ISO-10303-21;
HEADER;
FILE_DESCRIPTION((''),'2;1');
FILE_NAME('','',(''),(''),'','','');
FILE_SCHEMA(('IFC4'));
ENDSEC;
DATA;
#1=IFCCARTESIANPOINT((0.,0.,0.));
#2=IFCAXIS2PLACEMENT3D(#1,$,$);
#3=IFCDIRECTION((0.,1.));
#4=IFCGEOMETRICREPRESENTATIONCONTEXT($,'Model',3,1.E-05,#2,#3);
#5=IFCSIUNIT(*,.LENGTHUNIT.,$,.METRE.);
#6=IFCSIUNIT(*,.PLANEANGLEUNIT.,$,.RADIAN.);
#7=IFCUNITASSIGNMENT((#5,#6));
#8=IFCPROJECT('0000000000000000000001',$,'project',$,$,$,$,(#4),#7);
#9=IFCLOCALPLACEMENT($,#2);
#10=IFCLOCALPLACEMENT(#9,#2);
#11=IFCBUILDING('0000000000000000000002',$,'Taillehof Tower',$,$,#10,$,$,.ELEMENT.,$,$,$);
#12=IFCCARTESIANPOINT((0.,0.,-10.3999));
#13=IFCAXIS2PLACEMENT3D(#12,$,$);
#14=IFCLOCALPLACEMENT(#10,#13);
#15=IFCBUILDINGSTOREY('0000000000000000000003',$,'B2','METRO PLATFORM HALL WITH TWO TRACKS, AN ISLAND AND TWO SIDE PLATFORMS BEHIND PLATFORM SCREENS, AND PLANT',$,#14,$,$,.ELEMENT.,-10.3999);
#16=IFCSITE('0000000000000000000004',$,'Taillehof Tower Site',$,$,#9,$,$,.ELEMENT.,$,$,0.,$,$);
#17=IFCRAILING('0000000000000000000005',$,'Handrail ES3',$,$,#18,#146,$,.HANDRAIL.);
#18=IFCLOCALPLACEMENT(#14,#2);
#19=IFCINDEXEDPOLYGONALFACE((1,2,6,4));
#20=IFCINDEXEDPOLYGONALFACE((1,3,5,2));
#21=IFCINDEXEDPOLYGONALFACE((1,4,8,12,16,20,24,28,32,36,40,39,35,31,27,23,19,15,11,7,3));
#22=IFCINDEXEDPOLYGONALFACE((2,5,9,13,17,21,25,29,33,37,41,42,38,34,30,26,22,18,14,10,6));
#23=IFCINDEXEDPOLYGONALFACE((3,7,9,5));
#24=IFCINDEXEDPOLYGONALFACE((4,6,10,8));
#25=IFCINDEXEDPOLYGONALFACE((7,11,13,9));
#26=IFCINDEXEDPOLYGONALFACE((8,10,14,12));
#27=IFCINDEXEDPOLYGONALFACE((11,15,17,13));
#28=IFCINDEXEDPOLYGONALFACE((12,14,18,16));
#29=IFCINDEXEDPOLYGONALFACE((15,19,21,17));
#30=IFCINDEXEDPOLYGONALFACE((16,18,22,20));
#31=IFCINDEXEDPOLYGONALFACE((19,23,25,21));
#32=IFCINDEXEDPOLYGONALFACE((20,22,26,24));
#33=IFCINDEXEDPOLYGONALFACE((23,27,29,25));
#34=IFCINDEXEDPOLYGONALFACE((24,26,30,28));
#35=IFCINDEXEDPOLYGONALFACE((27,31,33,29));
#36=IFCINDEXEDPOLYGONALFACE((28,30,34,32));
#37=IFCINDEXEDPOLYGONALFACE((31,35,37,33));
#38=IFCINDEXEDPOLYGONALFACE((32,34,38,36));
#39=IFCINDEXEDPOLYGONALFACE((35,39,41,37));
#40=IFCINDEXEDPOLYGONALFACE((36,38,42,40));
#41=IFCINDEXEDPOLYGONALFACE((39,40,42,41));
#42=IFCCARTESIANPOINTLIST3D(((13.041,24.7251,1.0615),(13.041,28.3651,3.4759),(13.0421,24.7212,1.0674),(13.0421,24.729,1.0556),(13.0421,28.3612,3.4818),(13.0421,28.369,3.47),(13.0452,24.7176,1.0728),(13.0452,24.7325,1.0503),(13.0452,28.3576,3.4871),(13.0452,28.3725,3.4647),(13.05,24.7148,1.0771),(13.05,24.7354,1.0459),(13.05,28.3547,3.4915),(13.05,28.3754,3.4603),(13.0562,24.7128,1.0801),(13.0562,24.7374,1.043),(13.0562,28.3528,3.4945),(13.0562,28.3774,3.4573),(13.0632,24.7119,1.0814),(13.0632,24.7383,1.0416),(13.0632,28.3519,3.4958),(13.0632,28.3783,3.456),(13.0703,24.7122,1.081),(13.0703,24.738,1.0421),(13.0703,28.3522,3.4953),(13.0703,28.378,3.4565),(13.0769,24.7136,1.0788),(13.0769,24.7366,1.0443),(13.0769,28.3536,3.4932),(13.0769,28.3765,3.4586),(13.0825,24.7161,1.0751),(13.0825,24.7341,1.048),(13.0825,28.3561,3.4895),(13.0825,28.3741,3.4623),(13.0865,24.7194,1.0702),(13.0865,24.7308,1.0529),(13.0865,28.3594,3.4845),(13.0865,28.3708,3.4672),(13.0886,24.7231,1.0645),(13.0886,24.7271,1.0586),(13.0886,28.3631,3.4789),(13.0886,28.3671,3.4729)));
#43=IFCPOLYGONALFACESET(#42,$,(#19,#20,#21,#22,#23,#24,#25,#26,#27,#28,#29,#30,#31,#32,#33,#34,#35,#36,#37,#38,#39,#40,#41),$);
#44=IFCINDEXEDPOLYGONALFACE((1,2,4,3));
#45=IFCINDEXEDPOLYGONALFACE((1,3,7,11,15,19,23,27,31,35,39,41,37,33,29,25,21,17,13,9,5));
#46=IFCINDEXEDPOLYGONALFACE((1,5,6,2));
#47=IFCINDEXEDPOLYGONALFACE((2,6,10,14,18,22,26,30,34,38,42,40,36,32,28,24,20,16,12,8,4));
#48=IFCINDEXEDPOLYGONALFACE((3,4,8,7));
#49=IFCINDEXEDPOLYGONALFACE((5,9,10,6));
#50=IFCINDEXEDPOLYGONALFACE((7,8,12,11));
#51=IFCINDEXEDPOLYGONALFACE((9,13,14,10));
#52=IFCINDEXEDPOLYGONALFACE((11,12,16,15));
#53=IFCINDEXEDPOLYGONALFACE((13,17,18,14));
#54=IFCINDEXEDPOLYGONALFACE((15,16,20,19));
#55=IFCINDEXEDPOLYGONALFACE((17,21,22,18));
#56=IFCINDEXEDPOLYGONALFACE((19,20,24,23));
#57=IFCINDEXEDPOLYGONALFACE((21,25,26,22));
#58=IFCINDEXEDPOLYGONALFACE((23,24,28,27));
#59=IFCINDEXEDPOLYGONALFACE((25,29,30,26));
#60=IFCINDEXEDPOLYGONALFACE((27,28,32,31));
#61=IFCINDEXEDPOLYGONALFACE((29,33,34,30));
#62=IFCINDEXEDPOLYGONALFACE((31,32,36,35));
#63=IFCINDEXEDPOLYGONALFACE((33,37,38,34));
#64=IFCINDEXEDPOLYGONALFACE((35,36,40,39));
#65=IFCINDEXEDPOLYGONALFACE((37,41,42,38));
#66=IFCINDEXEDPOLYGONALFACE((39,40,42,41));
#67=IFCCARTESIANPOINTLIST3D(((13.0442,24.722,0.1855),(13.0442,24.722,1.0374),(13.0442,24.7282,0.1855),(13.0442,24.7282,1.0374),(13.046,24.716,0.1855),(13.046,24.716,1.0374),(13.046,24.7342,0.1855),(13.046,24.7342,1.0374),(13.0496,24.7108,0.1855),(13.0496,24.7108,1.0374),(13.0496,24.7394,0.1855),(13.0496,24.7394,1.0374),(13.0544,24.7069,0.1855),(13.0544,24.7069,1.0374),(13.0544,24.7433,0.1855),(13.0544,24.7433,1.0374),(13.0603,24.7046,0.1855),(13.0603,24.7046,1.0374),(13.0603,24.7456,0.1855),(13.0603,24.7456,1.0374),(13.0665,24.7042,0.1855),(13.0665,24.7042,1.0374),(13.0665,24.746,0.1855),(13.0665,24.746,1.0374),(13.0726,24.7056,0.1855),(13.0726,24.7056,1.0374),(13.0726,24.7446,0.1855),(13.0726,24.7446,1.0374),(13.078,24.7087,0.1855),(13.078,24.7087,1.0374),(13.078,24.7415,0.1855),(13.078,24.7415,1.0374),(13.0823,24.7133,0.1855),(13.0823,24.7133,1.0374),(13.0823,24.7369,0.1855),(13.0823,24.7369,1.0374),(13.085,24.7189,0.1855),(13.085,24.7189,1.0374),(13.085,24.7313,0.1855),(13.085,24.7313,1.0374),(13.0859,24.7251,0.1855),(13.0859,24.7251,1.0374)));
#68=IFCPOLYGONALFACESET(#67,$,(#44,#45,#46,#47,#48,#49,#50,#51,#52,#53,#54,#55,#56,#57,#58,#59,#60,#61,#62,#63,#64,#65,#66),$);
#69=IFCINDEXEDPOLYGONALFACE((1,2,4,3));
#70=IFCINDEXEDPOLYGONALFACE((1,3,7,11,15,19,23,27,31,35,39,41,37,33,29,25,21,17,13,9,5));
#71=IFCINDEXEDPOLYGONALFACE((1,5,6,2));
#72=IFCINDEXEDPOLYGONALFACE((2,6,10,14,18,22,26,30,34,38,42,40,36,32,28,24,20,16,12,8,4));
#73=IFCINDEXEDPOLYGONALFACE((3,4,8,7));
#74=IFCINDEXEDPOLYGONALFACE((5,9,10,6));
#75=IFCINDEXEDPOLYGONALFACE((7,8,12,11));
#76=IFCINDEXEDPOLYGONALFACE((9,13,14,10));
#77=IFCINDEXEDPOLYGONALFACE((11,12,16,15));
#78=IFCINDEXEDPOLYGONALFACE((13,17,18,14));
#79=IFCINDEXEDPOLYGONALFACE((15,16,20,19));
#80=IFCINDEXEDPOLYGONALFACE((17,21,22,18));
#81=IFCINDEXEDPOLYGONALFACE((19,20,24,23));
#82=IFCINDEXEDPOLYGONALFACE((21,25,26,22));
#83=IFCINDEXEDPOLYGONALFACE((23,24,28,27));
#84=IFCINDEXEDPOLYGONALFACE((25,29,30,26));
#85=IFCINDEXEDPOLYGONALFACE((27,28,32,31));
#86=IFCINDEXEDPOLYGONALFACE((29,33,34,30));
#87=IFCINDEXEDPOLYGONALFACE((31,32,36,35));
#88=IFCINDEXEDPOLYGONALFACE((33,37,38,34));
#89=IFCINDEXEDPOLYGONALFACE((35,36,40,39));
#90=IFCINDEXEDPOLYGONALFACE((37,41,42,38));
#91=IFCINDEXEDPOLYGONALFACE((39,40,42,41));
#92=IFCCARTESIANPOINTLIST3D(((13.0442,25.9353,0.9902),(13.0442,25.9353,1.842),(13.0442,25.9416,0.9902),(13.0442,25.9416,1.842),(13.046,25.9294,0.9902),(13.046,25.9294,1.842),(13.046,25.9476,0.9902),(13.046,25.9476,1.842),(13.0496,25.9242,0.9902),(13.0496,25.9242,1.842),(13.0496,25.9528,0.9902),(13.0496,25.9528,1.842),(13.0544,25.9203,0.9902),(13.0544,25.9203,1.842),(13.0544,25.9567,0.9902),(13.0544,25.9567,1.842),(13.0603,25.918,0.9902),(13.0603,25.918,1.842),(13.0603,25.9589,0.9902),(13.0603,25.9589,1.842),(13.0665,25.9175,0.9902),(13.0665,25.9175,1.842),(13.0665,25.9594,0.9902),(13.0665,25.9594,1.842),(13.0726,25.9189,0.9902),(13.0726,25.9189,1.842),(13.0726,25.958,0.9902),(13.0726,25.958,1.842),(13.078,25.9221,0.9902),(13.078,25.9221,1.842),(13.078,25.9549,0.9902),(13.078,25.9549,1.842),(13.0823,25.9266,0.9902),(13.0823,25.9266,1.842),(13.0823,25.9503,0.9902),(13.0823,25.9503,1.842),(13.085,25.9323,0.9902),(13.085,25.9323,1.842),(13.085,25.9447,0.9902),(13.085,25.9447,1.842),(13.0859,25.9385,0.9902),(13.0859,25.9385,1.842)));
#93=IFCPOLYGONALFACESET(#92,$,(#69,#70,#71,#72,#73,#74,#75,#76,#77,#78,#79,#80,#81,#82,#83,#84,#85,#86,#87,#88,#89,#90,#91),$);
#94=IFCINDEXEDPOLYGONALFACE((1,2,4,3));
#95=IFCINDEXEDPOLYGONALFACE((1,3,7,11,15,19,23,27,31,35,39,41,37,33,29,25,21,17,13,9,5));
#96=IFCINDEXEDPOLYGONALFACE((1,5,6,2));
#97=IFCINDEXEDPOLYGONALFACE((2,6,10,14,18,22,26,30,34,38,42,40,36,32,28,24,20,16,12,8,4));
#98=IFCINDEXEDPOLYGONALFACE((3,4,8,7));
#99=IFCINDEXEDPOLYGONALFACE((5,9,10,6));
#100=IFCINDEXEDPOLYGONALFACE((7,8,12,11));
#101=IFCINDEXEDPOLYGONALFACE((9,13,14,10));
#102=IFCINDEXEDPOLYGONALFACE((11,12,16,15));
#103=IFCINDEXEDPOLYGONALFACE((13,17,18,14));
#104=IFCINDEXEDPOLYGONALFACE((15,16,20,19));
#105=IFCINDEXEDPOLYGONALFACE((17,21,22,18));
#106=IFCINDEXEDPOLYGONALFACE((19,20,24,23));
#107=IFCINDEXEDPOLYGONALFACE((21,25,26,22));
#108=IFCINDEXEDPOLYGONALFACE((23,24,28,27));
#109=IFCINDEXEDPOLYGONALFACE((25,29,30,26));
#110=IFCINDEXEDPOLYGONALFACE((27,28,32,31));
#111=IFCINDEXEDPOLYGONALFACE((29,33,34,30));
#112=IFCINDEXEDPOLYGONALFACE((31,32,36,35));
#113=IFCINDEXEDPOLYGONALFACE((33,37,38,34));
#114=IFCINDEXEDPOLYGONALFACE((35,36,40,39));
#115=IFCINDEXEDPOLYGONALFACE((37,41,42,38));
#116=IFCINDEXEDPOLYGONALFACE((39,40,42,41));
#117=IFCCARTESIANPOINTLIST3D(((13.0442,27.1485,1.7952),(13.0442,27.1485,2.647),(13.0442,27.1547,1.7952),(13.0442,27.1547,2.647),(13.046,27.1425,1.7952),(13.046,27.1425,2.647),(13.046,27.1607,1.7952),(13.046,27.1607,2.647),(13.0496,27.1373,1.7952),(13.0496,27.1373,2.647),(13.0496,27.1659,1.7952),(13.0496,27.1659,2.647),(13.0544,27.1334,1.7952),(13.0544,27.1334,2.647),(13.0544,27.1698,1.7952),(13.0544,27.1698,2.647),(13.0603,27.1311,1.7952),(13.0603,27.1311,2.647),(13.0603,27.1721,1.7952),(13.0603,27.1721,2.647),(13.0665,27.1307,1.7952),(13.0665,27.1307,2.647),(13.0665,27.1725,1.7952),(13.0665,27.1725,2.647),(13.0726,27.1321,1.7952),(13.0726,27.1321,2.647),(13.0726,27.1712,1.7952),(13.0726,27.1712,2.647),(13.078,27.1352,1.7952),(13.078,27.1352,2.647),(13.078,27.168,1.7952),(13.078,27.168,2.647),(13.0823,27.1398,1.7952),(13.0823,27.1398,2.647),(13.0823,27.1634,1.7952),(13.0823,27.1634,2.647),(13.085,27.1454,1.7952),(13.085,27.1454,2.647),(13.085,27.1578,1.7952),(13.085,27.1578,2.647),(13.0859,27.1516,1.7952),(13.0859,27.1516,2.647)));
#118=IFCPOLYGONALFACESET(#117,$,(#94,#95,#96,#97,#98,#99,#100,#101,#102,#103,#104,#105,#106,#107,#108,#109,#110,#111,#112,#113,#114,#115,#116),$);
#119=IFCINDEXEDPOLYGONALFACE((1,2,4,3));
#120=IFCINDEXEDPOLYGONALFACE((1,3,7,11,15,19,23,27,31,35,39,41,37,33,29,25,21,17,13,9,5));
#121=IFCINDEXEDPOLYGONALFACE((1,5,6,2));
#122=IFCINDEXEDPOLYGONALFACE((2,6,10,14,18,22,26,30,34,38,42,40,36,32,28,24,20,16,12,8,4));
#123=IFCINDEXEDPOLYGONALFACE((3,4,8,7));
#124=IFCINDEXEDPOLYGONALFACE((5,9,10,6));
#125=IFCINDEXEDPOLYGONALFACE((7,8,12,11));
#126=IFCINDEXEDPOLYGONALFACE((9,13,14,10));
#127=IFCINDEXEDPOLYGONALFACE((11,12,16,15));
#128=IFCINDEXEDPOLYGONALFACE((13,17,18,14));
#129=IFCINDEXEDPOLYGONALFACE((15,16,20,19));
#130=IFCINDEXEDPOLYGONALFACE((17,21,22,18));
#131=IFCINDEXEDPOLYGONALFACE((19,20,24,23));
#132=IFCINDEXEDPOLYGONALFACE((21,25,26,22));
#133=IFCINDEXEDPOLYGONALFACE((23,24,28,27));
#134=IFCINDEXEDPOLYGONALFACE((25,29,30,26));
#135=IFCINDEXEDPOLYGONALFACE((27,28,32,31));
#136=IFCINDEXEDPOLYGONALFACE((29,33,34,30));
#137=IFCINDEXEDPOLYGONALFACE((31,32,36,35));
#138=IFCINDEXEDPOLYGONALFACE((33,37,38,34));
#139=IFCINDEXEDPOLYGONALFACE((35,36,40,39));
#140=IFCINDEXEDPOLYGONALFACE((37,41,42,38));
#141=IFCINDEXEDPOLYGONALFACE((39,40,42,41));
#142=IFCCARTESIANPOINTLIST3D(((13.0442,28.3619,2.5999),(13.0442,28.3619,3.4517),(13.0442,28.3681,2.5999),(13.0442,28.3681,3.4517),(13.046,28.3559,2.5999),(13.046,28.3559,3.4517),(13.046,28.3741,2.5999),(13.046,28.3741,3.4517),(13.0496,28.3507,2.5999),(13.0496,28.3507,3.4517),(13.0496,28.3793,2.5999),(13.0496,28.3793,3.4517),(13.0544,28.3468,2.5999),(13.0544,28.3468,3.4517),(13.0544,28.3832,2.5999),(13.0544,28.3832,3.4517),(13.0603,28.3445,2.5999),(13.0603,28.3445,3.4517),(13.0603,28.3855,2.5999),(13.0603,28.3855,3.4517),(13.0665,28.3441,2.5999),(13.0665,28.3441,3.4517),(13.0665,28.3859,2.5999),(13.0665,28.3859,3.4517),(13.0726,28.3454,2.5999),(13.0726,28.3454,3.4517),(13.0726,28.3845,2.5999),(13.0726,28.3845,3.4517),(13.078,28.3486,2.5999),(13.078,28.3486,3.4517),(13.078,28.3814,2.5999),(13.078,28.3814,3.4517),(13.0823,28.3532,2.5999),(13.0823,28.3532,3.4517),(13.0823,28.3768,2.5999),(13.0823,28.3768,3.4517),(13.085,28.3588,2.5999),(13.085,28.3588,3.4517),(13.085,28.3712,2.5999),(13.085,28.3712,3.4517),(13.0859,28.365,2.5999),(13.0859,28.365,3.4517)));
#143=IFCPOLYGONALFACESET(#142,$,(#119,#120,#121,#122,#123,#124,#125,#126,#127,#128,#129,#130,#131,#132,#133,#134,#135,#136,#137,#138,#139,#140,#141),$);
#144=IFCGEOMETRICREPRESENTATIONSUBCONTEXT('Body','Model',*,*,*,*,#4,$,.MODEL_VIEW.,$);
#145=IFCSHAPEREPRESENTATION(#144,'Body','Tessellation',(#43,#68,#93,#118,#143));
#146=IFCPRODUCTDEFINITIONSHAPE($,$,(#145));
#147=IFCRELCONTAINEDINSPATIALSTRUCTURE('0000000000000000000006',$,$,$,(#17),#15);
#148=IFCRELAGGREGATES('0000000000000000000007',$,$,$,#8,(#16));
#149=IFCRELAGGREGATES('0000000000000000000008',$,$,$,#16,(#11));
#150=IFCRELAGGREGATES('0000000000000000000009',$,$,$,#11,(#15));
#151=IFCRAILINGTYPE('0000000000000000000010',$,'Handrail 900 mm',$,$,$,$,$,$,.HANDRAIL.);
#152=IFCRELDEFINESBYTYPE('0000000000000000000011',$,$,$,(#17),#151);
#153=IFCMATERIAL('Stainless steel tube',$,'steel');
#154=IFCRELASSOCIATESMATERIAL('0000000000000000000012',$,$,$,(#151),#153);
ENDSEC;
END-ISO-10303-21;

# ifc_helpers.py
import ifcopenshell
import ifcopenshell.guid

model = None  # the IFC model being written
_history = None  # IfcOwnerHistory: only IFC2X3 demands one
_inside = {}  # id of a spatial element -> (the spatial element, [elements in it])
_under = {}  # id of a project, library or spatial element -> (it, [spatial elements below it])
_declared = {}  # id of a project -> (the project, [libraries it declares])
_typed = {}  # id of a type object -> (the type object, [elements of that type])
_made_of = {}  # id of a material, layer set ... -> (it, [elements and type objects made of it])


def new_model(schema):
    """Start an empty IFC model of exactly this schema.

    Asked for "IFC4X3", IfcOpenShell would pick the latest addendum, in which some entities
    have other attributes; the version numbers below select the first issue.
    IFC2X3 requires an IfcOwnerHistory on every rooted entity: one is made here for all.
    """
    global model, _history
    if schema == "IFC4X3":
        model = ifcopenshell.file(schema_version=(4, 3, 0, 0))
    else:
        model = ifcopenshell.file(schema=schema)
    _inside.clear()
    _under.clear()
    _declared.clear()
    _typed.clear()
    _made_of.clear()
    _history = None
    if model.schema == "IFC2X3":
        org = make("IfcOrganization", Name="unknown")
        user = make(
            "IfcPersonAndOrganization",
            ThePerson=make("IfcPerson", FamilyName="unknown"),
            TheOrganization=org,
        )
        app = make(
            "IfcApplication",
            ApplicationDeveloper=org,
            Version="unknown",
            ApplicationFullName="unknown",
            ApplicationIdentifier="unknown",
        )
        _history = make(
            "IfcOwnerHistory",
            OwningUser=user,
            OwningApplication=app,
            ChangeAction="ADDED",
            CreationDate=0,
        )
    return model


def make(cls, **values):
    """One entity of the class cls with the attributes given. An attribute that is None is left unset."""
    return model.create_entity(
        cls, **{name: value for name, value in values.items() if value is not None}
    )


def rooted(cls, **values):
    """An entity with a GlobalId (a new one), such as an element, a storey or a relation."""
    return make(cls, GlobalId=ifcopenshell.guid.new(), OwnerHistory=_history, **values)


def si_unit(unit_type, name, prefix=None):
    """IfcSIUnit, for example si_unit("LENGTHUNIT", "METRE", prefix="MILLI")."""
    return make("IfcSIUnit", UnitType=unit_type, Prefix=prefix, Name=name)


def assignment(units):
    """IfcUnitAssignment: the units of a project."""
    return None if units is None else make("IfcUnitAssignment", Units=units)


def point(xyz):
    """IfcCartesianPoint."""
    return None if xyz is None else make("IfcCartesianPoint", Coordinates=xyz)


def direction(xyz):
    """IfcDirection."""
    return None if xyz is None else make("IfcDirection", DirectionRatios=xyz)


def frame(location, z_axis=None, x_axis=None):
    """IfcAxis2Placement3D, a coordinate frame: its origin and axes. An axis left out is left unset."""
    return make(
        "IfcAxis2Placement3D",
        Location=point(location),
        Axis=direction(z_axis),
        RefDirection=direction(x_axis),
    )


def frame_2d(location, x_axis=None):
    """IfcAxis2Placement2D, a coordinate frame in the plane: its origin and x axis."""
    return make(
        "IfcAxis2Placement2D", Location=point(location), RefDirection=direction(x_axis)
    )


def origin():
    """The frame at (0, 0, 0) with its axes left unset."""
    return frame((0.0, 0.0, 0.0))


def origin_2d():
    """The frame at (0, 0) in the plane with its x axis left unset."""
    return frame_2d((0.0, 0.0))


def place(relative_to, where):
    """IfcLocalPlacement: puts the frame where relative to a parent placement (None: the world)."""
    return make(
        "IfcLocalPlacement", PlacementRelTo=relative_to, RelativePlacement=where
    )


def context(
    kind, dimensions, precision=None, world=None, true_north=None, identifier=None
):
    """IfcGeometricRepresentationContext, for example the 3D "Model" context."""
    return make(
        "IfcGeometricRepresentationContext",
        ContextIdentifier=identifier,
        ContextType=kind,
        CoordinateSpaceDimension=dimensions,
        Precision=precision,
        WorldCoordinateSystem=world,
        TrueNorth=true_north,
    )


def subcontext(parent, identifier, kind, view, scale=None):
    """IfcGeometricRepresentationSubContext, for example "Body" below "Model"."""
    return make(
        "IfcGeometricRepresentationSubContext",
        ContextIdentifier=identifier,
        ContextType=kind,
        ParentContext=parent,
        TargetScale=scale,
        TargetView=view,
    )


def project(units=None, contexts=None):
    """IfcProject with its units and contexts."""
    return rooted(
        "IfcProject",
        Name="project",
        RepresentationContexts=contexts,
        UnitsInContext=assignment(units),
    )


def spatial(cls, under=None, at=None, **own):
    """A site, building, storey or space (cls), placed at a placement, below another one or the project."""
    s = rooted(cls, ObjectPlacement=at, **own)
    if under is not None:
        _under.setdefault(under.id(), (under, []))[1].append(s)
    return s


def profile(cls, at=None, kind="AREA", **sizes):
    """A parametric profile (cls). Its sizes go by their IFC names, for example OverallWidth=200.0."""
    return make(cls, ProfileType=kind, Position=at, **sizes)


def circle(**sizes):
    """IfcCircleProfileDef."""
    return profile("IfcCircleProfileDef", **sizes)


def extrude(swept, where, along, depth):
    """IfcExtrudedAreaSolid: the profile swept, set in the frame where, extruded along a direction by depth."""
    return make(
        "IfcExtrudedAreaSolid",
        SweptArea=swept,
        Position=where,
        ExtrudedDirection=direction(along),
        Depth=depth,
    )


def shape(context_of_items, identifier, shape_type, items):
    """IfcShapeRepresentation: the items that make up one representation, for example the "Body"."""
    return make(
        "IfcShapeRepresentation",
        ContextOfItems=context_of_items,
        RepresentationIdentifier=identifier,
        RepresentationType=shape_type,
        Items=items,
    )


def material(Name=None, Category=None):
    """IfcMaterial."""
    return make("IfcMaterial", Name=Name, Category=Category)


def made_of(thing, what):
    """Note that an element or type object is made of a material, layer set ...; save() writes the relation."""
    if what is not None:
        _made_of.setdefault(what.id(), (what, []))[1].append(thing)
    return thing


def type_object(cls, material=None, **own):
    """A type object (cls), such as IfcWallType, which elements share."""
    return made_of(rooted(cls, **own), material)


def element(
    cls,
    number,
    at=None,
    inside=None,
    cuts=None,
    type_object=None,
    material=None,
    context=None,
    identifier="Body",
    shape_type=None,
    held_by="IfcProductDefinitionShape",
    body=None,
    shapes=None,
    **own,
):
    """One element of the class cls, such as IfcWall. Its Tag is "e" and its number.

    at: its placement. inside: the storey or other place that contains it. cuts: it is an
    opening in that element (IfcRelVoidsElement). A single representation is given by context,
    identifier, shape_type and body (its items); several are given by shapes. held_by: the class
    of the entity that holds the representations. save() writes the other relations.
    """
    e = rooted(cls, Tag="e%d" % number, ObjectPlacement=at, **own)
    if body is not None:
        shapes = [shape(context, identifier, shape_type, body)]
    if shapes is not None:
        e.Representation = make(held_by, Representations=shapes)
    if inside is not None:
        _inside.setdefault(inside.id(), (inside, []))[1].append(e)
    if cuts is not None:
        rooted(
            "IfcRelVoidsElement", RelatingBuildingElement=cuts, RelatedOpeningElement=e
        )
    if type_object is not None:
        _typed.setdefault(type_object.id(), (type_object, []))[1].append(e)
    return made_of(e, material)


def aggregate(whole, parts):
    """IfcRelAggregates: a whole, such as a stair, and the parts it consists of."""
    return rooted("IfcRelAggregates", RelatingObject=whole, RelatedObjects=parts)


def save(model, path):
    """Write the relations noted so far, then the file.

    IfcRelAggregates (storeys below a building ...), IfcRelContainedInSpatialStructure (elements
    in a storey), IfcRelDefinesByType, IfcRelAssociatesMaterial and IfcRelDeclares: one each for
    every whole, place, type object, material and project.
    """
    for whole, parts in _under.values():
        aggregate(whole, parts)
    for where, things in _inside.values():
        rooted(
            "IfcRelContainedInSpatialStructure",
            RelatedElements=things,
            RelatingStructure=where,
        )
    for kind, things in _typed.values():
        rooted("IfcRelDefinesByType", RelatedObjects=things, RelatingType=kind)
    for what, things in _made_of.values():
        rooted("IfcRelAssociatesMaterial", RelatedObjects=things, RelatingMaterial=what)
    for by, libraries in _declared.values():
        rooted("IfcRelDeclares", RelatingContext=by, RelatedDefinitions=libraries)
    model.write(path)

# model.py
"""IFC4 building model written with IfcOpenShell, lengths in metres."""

from ifc_helpers import new_model, si_unit, direction, frame, origin, origin_2d, place, context, subcontext, project, spatial, circle, extrude, material, type_object, element, save


model = new_model("IFC4")

# Units and contexts
model_context = context("Model", 3, precision=1e-05, world=origin(), true_north=direction((0.0, 1.0)))
body_context = subcontext(model_context, "Body", "Model", "MODEL_VIEW")
ifc_project = project(units=[si_unit("LENGTHUNIT", "METRE"), si_unit("PLANEANGLEUNIT", "RADIAN")], contexts=[model_context])

# Site, building, storey
site_placement = place(None, origin())
site = spatial("IfcSite", under=ifc_project, at=site_placement, Name="Taillehof Tower Site", CompositionType="ELEMENT", RefElevation=0.0)
building_placement = place(site_placement, origin())
building = spatial("IfcBuilding", under=site, at=building_placement, Name="Taillehof Tower", CompositionType="ELEMENT")
storey_placement = place(building_placement, frame((0.0, 0.0, -10.3999)))
storey = spatial("IfcBuildingStorey", under=building, at=storey_placement, Name="B2", Description="METRO PLATFORM HALL WITH TWO TRACKS, AN ISLAND AND TWO SIDE PLATFORMS BEHIND PLATFORM SCREENS, AND PLANT", CompositionType="ELEMENT", Elevation=-10.3999)

# Railing
ifc_material_1 = material(Name="Stainless steel tube", Category="steel")
railing_type = type_object("IfcRailingType", Name="Handrail 900 mm", PredefinedType="HANDRAIL", material=ifc_material_1)
for number, where, name in (
    (1, (13.0649, 24.7251, 0.1855), "Handrail ES3"),
):
    element("IfcRailing", number, at=place(storey_placement, frame(where)), inside=storey, type_object=railing_type, Name=name, PredefinedType="HANDRAIL", context=body_context, shape_type="SweptSolid", body=[
        extrude(circle(Radius=0.0239, at=origin_2d()), frame((0.0, 0.0, 0.876), z_axis=(0.0, 0.833347, 0.552751), x_axis=(-1.0, 0.0, 0.0)), (0.0, 0.0, 1.0), 4.3679),
        extrude(circle(Radius=0.021, at=origin_2d()), origin(), (0.0, 0.0, 1.0), 0.8518),
        extrude(circle(Radius=0.021, at=origin_2d()), frame((0.0, 1.2134, 0.8047)), (0.0, 0.0, 1.0), 0.8518),
        extrude(circle(Radius=0.021, at=origin_2d()), frame((0.0, 2.4265, 1.6096)), (0.0, 0.0, 1.0), 0.8518),
        extrude(circle(Radius=0.021, at=origin_2d()), frame((0.0, 3.6399, 2.4143)), (0.0, 0.0, 1.0), 0.8518),
    ])

save(model, "model.ifc")
